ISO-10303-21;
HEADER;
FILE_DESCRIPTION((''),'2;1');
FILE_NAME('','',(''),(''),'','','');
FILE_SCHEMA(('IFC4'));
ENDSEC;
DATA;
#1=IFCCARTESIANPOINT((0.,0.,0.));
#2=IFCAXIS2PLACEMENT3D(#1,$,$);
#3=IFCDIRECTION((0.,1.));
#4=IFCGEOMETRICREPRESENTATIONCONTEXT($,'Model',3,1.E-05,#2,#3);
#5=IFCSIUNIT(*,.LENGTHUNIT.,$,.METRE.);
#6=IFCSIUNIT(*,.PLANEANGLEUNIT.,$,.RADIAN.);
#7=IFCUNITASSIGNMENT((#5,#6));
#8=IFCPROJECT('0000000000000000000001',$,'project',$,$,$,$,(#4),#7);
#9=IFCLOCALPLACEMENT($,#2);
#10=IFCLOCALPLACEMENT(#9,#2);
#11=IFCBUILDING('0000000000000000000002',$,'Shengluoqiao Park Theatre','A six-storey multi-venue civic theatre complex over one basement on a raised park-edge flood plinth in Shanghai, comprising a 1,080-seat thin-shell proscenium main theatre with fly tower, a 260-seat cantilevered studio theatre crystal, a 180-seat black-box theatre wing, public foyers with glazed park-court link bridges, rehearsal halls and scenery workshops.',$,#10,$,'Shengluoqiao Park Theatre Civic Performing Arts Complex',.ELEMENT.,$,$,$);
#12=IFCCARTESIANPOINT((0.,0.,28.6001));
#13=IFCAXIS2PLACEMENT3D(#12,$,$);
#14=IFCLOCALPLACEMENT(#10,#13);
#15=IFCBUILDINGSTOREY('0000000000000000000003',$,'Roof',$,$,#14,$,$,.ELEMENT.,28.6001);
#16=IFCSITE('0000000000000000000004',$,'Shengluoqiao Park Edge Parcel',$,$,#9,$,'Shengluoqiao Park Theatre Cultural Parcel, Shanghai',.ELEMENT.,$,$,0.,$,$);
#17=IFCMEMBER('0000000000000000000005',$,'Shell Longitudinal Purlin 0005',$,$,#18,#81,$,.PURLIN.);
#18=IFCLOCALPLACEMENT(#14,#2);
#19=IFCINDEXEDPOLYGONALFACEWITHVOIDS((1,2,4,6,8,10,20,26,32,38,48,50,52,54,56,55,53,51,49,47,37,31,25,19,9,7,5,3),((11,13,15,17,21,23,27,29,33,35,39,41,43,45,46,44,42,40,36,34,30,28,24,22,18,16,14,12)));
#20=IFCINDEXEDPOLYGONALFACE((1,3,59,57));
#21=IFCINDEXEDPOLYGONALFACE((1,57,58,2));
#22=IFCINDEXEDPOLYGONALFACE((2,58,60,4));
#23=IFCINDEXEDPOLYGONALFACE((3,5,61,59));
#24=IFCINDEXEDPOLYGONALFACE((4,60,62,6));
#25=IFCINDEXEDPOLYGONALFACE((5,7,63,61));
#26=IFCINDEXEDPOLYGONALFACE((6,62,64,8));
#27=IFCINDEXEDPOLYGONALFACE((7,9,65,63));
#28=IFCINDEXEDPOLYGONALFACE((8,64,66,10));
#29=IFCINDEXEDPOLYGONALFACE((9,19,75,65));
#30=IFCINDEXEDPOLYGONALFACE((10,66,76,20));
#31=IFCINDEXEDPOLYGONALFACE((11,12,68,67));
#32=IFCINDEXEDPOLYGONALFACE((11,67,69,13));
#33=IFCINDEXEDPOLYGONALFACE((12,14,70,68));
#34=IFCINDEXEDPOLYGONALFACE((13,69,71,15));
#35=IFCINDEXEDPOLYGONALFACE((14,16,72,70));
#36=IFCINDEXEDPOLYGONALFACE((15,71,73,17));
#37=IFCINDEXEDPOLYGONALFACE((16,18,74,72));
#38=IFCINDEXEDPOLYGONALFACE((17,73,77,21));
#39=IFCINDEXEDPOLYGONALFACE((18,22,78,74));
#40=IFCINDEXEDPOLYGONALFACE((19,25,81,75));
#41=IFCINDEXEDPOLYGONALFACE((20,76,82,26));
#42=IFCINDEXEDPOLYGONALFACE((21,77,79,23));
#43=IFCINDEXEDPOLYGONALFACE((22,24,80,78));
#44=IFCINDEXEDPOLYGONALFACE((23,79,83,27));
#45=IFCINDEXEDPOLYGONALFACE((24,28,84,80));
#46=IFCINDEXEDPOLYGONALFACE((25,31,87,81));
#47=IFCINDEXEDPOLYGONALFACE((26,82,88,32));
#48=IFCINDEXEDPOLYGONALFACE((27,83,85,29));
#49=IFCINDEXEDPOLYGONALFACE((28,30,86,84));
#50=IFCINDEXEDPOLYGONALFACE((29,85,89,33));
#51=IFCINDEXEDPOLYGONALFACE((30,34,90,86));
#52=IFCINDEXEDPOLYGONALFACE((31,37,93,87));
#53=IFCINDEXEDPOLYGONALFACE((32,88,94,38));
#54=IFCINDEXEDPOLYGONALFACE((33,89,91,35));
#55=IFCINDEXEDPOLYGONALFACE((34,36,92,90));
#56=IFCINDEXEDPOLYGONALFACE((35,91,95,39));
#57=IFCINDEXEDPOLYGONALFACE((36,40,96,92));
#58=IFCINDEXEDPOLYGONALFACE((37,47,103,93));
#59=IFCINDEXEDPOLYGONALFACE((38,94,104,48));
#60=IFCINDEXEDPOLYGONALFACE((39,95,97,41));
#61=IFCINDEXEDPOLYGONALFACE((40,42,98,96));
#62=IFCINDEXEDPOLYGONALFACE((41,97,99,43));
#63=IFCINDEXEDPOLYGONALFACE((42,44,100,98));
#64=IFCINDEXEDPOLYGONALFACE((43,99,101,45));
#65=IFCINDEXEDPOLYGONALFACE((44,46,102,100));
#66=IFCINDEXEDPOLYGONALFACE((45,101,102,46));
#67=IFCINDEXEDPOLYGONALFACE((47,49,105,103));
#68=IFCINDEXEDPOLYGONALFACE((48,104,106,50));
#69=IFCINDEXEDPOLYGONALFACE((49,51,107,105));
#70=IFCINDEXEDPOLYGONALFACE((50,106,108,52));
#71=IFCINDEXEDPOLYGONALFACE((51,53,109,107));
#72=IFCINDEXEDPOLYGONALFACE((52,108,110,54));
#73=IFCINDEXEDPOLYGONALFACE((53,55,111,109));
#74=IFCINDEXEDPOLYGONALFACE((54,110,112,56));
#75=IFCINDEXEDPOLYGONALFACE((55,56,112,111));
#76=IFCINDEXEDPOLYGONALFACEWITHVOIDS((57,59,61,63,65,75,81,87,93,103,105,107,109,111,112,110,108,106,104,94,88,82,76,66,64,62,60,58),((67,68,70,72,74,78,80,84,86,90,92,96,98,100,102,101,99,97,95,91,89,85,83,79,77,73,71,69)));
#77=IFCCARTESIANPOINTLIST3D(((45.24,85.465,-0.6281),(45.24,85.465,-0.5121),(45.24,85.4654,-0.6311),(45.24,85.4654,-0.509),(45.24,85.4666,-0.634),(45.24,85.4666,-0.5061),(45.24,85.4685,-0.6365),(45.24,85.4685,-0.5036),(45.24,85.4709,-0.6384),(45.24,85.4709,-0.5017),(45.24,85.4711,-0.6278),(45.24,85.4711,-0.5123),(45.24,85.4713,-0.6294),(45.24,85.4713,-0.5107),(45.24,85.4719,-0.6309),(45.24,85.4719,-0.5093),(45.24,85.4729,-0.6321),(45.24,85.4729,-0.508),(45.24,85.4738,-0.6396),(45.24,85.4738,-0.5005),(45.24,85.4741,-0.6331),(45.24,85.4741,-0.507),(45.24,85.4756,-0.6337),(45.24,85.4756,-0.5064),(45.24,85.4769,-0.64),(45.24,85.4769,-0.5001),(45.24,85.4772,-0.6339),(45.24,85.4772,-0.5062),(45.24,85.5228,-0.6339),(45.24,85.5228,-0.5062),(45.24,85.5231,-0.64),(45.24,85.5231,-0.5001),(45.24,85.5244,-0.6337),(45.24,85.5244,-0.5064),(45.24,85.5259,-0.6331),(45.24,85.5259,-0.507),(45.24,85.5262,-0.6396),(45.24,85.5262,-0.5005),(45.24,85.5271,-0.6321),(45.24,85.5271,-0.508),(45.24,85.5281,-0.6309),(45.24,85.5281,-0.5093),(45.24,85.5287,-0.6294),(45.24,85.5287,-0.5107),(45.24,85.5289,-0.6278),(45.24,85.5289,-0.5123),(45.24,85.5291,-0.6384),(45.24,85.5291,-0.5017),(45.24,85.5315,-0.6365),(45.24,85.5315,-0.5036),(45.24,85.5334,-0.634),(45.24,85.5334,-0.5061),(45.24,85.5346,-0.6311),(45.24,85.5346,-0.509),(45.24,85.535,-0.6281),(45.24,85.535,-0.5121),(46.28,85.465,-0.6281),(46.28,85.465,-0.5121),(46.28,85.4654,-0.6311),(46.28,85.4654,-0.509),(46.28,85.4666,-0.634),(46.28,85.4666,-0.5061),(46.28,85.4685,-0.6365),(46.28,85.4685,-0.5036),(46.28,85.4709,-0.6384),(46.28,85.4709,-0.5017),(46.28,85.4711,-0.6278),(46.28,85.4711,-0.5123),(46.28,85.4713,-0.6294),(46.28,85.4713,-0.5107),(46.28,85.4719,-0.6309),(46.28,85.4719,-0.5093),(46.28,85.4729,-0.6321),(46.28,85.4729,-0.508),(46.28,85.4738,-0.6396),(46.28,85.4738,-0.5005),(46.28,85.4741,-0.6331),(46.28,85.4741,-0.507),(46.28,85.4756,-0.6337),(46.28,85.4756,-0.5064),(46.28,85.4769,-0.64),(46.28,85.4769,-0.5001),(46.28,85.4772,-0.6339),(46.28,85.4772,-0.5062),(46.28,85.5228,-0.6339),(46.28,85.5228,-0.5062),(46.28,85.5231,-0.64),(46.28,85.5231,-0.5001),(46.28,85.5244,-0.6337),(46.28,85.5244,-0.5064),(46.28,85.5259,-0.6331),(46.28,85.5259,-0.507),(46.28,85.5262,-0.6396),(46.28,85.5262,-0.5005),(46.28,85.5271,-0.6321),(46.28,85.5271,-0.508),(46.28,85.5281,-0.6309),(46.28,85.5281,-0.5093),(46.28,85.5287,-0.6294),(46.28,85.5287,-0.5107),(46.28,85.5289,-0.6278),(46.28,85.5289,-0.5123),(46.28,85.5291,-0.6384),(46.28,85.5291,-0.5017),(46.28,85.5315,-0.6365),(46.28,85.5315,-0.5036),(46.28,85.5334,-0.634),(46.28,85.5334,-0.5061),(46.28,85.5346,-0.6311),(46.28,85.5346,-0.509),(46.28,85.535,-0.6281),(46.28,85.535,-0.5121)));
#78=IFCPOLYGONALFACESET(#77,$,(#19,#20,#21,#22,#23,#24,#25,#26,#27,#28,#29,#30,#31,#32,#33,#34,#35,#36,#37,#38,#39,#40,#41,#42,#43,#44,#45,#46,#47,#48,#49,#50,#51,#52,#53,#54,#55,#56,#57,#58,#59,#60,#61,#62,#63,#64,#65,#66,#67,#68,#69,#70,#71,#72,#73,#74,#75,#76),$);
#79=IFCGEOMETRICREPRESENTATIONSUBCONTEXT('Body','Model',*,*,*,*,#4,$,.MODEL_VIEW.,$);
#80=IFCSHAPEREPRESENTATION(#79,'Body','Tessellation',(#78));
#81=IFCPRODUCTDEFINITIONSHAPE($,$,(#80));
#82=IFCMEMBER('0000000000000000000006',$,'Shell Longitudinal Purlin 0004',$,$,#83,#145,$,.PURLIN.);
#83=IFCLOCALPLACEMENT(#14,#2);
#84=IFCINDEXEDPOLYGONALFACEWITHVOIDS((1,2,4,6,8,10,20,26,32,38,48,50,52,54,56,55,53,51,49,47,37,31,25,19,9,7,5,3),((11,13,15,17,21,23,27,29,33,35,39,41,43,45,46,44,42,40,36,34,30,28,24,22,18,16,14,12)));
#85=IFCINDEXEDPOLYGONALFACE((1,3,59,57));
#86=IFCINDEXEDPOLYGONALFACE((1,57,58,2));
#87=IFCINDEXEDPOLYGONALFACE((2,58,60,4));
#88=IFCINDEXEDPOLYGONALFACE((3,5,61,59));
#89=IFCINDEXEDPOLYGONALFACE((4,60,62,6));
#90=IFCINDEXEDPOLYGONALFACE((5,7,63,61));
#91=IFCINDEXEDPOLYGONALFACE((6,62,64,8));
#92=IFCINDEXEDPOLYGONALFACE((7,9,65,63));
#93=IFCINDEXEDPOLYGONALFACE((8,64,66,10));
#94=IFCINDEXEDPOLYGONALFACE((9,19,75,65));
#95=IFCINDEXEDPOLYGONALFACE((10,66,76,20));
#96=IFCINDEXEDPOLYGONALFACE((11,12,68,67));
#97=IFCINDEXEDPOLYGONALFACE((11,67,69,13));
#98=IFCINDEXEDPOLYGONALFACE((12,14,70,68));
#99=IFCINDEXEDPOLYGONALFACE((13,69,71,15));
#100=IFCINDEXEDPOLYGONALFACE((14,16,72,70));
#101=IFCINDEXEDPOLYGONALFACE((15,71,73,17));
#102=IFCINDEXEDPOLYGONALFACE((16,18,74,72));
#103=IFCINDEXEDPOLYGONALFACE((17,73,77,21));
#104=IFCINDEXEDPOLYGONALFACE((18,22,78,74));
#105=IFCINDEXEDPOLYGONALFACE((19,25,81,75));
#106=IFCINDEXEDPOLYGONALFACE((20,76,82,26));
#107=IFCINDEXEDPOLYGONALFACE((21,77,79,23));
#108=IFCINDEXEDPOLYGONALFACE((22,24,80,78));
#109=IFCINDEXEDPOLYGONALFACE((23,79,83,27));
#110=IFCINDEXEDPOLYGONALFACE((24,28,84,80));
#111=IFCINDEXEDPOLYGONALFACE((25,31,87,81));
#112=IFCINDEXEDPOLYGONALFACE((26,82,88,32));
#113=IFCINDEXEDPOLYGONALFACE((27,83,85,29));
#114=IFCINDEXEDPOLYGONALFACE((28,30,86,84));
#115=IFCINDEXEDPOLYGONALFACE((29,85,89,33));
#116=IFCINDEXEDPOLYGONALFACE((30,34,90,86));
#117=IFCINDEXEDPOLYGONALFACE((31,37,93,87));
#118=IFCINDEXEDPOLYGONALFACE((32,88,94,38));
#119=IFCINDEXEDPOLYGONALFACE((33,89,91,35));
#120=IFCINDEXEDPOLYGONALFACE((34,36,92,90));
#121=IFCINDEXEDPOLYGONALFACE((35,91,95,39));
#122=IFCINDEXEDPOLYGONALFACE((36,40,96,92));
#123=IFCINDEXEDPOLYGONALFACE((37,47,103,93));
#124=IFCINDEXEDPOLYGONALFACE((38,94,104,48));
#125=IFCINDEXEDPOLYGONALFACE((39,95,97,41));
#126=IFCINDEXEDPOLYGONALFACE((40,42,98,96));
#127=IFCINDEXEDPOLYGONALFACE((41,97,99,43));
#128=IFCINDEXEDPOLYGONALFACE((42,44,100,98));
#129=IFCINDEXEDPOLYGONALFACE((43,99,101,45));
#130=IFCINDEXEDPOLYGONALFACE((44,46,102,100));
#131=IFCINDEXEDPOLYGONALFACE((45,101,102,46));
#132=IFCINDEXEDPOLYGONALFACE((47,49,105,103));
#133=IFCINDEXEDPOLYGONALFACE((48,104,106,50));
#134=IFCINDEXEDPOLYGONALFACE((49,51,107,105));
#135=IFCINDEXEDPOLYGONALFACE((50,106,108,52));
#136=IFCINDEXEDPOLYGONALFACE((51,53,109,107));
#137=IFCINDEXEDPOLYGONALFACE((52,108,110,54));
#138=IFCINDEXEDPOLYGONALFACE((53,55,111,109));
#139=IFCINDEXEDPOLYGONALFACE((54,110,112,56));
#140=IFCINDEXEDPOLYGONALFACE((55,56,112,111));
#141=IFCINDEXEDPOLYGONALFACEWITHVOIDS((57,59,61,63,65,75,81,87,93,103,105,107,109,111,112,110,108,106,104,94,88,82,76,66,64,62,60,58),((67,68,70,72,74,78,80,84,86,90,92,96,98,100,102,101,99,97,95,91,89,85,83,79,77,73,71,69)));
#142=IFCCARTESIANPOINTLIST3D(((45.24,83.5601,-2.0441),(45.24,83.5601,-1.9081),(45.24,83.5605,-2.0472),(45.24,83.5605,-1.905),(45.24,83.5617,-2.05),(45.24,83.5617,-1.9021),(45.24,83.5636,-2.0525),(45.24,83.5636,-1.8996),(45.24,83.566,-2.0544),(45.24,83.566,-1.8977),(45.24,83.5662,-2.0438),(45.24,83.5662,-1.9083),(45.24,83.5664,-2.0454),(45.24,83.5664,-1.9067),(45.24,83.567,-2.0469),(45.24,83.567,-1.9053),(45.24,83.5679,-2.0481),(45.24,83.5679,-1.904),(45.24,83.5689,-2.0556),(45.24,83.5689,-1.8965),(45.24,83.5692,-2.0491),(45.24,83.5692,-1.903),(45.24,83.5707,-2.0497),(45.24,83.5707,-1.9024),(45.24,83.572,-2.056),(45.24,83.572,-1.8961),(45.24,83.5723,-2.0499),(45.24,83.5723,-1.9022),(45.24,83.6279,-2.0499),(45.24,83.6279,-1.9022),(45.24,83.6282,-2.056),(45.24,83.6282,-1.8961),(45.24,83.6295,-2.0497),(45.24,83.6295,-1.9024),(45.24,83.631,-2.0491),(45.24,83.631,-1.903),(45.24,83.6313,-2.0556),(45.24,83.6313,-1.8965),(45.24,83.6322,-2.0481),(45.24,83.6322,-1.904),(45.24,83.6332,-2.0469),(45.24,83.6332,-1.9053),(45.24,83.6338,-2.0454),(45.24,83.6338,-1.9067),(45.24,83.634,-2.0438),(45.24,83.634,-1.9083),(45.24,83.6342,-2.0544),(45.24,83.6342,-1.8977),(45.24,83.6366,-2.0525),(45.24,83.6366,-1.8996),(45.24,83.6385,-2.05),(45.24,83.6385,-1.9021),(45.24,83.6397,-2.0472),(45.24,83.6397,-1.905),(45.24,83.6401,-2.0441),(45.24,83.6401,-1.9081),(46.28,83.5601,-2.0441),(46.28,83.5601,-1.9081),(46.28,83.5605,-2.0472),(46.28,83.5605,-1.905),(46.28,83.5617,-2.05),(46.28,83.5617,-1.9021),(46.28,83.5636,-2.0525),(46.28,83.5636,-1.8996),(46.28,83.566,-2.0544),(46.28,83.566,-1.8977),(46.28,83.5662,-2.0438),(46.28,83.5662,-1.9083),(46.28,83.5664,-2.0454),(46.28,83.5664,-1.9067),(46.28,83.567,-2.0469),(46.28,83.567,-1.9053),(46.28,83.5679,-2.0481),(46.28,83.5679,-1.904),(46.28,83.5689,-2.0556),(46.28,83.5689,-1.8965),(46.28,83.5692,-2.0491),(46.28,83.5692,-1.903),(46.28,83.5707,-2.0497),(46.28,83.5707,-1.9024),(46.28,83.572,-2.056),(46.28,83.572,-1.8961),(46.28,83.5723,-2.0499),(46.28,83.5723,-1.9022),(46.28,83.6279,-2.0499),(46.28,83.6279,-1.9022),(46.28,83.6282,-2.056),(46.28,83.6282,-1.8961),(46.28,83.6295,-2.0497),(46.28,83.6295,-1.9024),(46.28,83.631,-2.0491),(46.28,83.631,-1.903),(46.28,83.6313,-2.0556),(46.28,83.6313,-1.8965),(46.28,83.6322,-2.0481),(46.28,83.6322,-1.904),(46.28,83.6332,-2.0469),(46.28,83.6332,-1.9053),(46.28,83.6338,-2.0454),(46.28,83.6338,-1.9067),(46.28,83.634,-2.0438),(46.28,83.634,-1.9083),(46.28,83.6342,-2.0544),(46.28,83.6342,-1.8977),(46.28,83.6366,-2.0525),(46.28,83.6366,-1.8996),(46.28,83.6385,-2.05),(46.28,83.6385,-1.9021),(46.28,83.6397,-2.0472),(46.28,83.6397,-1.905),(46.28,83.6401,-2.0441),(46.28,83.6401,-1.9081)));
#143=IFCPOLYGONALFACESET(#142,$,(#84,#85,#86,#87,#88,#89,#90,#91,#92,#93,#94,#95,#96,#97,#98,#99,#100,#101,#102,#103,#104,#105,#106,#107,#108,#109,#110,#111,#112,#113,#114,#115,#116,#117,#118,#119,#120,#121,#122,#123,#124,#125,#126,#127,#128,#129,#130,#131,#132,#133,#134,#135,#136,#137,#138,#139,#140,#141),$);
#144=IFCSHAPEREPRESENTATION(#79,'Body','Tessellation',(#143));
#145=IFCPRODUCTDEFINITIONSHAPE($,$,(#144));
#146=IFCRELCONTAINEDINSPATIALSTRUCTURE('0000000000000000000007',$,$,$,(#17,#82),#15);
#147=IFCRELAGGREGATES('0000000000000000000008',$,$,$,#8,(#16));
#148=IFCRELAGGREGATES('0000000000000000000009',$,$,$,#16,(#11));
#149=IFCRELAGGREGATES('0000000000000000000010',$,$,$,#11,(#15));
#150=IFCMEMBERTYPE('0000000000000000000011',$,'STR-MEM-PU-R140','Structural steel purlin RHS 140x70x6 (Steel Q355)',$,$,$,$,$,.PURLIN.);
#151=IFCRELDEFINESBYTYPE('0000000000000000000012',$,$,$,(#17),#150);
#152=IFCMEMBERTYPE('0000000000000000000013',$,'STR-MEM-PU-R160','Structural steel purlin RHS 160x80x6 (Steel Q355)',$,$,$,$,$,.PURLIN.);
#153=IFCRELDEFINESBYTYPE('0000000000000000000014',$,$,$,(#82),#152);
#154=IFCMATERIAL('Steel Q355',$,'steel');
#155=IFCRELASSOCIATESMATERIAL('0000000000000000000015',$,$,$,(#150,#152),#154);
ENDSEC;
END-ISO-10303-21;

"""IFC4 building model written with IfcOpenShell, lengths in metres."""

from ifc_helpers import new_model, si_unit, direction, frame, origin, origin_2d, place, context, subcontext, project, spatial, hollow_rectangle, extrude, material, material_profile, profile_set, type_object, element, save


model = new_model("IFC4")

# Units and contexts
model_context = context("Model", 3, precision=1e-05, world=origin(), true_north=direction((0.0, 1.0)))
body_context = subcontext(model_context, "Body", "Model", "MODEL_VIEW")
ifc_project = project(units=[si_unit("LENGTHUNIT", "METRE"), si_unit("PLANEANGLEUNIT", "RADIAN")], contexts=[model_context])

# Site, building, storey
site_placement = place(None, origin())
site = spatial("IfcSite", under=ifc_project, at=site_placement, Name="Shengluoqiao Park Edge Parcel", LongName="Shengluoqiao Park Theatre Cultural Parcel, Shanghai", CompositionType="ELEMENT", RefElevation=0.0)
building_placement = place(site_placement, origin())
building = spatial("IfcBuilding", under=site, at=building_placement, Name="Shengluoqiao Park Theatre", Description="A six-storey multi-venue civic theatre complex over one basement on a raised park-edge flood plinth in Shanghai, comprising a 1,080-seat thin-shell proscenium main theatre with fly tower, a 260-seat cantilevered studio theatre crystal, a 180-seat black-box theatre wing, public foyers with glazed park-court link bridges, rehearsal halls and scenery workshops.", LongName="Shengluoqiao Park Theatre Civic Performing Arts Complex", CompositionType="ELEMENT")
storey_placement = place(building_placement, frame((0.0, 0.0, 28.6001)))
storey = spatial("IfcBuildingStorey", under=building, at=storey_placement, Name="Roof", CompositionType="ELEMENT", Elevation=28.6001)

# Shared definitions
ifc_material_1 = material(Name="Steel Q355", Category="steel")

# Members
ifc_material_profile_1 = material_profile(ifc_material_1, hollow_rectangle(XDim=0.0701, YDim=0.1399, WallThickness=0.0061, InnerFilletRadius=0.0061, OuterFilletRadius=0.012, at=origin_2d()), Name="RHS 140x70x6")
ifc_profile_set_1 = profile_set([ifc_material_profile_1], Name="Steel Q355")
member_type_1 = type_object("IfcMemberType", Name="STR-MEM-PU-R140", Description="Structural steel purlin RHS 140x70x6 (Steel Q355)", PredefinedType="PURLIN", material=ifc_profile_set_1)
member_1_placement = place(storey_placement, frame((45.24, 85.5, -0.5701), z_axis=(1.0, 0.0, 0.0), x_axis=(0.0, 1.0, 0.0)))
element("IfcMember", 1, at=member_1_placement, inside=storey, type_object=member_type_1, Name="Shell Longitudinal Purlin 0005", PredefinedType="PURLIN", context=body_context, shape_type="SweptSolid", body=[
    extrude(hollow_rectangle(XDim=0.0701, YDim=0.1399, WallThickness=0.0061, InnerFilletRadius=0.0061, OuterFilletRadius=0.012, at=origin_2d()), origin(), (0.0, 0.0, 1.0), 1.04),
])
ifc_material_profile_2 = material_profile(ifc_material_1, hollow_rectangle(XDim=0.0801, YDim=0.1599, WallThickness=0.0061, InnerFilletRadius=0.0061, OuterFilletRadius=0.012, at=origin_2d()), Name="RHS 160x80x6")
ifc_profile_set_2 = profile_set([ifc_material_profile_2], Name="Steel Q355")
member_type_2 = type_object("IfcMemberType", Name="STR-MEM-PU-R160", Description="Structural steel purlin RHS 160x80x6 (Steel Q355)", PredefinedType="PURLIN", material=ifc_profile_set_2)
member_2_placement = place(storey_placement, frame((45.24, 83.6001, -1.9761), z_axis=(1.0, 0.0, 0.0), x_axis=(0.0, 1.0, 0.0)))
element("IfcMember", 2, at=member_2_placement, inside=storey, type_object=member_type_2, Name="Shell Longitudinal Purlin 0004", PredefinedType="PURLIN", context=body_context, shape_type="SweptSolid", body=[
    extrude(hollow_rectangle(XDim=0.0801, YDim=0.1599, WallThickness=0.0061, InnerFilletRadius=0.0061, OuterFilletRadius=0.012, at=origin_2d()), origin(), (0.0, 0.0, 1.0), 1.04),
])

save(model, "model.ifc")
